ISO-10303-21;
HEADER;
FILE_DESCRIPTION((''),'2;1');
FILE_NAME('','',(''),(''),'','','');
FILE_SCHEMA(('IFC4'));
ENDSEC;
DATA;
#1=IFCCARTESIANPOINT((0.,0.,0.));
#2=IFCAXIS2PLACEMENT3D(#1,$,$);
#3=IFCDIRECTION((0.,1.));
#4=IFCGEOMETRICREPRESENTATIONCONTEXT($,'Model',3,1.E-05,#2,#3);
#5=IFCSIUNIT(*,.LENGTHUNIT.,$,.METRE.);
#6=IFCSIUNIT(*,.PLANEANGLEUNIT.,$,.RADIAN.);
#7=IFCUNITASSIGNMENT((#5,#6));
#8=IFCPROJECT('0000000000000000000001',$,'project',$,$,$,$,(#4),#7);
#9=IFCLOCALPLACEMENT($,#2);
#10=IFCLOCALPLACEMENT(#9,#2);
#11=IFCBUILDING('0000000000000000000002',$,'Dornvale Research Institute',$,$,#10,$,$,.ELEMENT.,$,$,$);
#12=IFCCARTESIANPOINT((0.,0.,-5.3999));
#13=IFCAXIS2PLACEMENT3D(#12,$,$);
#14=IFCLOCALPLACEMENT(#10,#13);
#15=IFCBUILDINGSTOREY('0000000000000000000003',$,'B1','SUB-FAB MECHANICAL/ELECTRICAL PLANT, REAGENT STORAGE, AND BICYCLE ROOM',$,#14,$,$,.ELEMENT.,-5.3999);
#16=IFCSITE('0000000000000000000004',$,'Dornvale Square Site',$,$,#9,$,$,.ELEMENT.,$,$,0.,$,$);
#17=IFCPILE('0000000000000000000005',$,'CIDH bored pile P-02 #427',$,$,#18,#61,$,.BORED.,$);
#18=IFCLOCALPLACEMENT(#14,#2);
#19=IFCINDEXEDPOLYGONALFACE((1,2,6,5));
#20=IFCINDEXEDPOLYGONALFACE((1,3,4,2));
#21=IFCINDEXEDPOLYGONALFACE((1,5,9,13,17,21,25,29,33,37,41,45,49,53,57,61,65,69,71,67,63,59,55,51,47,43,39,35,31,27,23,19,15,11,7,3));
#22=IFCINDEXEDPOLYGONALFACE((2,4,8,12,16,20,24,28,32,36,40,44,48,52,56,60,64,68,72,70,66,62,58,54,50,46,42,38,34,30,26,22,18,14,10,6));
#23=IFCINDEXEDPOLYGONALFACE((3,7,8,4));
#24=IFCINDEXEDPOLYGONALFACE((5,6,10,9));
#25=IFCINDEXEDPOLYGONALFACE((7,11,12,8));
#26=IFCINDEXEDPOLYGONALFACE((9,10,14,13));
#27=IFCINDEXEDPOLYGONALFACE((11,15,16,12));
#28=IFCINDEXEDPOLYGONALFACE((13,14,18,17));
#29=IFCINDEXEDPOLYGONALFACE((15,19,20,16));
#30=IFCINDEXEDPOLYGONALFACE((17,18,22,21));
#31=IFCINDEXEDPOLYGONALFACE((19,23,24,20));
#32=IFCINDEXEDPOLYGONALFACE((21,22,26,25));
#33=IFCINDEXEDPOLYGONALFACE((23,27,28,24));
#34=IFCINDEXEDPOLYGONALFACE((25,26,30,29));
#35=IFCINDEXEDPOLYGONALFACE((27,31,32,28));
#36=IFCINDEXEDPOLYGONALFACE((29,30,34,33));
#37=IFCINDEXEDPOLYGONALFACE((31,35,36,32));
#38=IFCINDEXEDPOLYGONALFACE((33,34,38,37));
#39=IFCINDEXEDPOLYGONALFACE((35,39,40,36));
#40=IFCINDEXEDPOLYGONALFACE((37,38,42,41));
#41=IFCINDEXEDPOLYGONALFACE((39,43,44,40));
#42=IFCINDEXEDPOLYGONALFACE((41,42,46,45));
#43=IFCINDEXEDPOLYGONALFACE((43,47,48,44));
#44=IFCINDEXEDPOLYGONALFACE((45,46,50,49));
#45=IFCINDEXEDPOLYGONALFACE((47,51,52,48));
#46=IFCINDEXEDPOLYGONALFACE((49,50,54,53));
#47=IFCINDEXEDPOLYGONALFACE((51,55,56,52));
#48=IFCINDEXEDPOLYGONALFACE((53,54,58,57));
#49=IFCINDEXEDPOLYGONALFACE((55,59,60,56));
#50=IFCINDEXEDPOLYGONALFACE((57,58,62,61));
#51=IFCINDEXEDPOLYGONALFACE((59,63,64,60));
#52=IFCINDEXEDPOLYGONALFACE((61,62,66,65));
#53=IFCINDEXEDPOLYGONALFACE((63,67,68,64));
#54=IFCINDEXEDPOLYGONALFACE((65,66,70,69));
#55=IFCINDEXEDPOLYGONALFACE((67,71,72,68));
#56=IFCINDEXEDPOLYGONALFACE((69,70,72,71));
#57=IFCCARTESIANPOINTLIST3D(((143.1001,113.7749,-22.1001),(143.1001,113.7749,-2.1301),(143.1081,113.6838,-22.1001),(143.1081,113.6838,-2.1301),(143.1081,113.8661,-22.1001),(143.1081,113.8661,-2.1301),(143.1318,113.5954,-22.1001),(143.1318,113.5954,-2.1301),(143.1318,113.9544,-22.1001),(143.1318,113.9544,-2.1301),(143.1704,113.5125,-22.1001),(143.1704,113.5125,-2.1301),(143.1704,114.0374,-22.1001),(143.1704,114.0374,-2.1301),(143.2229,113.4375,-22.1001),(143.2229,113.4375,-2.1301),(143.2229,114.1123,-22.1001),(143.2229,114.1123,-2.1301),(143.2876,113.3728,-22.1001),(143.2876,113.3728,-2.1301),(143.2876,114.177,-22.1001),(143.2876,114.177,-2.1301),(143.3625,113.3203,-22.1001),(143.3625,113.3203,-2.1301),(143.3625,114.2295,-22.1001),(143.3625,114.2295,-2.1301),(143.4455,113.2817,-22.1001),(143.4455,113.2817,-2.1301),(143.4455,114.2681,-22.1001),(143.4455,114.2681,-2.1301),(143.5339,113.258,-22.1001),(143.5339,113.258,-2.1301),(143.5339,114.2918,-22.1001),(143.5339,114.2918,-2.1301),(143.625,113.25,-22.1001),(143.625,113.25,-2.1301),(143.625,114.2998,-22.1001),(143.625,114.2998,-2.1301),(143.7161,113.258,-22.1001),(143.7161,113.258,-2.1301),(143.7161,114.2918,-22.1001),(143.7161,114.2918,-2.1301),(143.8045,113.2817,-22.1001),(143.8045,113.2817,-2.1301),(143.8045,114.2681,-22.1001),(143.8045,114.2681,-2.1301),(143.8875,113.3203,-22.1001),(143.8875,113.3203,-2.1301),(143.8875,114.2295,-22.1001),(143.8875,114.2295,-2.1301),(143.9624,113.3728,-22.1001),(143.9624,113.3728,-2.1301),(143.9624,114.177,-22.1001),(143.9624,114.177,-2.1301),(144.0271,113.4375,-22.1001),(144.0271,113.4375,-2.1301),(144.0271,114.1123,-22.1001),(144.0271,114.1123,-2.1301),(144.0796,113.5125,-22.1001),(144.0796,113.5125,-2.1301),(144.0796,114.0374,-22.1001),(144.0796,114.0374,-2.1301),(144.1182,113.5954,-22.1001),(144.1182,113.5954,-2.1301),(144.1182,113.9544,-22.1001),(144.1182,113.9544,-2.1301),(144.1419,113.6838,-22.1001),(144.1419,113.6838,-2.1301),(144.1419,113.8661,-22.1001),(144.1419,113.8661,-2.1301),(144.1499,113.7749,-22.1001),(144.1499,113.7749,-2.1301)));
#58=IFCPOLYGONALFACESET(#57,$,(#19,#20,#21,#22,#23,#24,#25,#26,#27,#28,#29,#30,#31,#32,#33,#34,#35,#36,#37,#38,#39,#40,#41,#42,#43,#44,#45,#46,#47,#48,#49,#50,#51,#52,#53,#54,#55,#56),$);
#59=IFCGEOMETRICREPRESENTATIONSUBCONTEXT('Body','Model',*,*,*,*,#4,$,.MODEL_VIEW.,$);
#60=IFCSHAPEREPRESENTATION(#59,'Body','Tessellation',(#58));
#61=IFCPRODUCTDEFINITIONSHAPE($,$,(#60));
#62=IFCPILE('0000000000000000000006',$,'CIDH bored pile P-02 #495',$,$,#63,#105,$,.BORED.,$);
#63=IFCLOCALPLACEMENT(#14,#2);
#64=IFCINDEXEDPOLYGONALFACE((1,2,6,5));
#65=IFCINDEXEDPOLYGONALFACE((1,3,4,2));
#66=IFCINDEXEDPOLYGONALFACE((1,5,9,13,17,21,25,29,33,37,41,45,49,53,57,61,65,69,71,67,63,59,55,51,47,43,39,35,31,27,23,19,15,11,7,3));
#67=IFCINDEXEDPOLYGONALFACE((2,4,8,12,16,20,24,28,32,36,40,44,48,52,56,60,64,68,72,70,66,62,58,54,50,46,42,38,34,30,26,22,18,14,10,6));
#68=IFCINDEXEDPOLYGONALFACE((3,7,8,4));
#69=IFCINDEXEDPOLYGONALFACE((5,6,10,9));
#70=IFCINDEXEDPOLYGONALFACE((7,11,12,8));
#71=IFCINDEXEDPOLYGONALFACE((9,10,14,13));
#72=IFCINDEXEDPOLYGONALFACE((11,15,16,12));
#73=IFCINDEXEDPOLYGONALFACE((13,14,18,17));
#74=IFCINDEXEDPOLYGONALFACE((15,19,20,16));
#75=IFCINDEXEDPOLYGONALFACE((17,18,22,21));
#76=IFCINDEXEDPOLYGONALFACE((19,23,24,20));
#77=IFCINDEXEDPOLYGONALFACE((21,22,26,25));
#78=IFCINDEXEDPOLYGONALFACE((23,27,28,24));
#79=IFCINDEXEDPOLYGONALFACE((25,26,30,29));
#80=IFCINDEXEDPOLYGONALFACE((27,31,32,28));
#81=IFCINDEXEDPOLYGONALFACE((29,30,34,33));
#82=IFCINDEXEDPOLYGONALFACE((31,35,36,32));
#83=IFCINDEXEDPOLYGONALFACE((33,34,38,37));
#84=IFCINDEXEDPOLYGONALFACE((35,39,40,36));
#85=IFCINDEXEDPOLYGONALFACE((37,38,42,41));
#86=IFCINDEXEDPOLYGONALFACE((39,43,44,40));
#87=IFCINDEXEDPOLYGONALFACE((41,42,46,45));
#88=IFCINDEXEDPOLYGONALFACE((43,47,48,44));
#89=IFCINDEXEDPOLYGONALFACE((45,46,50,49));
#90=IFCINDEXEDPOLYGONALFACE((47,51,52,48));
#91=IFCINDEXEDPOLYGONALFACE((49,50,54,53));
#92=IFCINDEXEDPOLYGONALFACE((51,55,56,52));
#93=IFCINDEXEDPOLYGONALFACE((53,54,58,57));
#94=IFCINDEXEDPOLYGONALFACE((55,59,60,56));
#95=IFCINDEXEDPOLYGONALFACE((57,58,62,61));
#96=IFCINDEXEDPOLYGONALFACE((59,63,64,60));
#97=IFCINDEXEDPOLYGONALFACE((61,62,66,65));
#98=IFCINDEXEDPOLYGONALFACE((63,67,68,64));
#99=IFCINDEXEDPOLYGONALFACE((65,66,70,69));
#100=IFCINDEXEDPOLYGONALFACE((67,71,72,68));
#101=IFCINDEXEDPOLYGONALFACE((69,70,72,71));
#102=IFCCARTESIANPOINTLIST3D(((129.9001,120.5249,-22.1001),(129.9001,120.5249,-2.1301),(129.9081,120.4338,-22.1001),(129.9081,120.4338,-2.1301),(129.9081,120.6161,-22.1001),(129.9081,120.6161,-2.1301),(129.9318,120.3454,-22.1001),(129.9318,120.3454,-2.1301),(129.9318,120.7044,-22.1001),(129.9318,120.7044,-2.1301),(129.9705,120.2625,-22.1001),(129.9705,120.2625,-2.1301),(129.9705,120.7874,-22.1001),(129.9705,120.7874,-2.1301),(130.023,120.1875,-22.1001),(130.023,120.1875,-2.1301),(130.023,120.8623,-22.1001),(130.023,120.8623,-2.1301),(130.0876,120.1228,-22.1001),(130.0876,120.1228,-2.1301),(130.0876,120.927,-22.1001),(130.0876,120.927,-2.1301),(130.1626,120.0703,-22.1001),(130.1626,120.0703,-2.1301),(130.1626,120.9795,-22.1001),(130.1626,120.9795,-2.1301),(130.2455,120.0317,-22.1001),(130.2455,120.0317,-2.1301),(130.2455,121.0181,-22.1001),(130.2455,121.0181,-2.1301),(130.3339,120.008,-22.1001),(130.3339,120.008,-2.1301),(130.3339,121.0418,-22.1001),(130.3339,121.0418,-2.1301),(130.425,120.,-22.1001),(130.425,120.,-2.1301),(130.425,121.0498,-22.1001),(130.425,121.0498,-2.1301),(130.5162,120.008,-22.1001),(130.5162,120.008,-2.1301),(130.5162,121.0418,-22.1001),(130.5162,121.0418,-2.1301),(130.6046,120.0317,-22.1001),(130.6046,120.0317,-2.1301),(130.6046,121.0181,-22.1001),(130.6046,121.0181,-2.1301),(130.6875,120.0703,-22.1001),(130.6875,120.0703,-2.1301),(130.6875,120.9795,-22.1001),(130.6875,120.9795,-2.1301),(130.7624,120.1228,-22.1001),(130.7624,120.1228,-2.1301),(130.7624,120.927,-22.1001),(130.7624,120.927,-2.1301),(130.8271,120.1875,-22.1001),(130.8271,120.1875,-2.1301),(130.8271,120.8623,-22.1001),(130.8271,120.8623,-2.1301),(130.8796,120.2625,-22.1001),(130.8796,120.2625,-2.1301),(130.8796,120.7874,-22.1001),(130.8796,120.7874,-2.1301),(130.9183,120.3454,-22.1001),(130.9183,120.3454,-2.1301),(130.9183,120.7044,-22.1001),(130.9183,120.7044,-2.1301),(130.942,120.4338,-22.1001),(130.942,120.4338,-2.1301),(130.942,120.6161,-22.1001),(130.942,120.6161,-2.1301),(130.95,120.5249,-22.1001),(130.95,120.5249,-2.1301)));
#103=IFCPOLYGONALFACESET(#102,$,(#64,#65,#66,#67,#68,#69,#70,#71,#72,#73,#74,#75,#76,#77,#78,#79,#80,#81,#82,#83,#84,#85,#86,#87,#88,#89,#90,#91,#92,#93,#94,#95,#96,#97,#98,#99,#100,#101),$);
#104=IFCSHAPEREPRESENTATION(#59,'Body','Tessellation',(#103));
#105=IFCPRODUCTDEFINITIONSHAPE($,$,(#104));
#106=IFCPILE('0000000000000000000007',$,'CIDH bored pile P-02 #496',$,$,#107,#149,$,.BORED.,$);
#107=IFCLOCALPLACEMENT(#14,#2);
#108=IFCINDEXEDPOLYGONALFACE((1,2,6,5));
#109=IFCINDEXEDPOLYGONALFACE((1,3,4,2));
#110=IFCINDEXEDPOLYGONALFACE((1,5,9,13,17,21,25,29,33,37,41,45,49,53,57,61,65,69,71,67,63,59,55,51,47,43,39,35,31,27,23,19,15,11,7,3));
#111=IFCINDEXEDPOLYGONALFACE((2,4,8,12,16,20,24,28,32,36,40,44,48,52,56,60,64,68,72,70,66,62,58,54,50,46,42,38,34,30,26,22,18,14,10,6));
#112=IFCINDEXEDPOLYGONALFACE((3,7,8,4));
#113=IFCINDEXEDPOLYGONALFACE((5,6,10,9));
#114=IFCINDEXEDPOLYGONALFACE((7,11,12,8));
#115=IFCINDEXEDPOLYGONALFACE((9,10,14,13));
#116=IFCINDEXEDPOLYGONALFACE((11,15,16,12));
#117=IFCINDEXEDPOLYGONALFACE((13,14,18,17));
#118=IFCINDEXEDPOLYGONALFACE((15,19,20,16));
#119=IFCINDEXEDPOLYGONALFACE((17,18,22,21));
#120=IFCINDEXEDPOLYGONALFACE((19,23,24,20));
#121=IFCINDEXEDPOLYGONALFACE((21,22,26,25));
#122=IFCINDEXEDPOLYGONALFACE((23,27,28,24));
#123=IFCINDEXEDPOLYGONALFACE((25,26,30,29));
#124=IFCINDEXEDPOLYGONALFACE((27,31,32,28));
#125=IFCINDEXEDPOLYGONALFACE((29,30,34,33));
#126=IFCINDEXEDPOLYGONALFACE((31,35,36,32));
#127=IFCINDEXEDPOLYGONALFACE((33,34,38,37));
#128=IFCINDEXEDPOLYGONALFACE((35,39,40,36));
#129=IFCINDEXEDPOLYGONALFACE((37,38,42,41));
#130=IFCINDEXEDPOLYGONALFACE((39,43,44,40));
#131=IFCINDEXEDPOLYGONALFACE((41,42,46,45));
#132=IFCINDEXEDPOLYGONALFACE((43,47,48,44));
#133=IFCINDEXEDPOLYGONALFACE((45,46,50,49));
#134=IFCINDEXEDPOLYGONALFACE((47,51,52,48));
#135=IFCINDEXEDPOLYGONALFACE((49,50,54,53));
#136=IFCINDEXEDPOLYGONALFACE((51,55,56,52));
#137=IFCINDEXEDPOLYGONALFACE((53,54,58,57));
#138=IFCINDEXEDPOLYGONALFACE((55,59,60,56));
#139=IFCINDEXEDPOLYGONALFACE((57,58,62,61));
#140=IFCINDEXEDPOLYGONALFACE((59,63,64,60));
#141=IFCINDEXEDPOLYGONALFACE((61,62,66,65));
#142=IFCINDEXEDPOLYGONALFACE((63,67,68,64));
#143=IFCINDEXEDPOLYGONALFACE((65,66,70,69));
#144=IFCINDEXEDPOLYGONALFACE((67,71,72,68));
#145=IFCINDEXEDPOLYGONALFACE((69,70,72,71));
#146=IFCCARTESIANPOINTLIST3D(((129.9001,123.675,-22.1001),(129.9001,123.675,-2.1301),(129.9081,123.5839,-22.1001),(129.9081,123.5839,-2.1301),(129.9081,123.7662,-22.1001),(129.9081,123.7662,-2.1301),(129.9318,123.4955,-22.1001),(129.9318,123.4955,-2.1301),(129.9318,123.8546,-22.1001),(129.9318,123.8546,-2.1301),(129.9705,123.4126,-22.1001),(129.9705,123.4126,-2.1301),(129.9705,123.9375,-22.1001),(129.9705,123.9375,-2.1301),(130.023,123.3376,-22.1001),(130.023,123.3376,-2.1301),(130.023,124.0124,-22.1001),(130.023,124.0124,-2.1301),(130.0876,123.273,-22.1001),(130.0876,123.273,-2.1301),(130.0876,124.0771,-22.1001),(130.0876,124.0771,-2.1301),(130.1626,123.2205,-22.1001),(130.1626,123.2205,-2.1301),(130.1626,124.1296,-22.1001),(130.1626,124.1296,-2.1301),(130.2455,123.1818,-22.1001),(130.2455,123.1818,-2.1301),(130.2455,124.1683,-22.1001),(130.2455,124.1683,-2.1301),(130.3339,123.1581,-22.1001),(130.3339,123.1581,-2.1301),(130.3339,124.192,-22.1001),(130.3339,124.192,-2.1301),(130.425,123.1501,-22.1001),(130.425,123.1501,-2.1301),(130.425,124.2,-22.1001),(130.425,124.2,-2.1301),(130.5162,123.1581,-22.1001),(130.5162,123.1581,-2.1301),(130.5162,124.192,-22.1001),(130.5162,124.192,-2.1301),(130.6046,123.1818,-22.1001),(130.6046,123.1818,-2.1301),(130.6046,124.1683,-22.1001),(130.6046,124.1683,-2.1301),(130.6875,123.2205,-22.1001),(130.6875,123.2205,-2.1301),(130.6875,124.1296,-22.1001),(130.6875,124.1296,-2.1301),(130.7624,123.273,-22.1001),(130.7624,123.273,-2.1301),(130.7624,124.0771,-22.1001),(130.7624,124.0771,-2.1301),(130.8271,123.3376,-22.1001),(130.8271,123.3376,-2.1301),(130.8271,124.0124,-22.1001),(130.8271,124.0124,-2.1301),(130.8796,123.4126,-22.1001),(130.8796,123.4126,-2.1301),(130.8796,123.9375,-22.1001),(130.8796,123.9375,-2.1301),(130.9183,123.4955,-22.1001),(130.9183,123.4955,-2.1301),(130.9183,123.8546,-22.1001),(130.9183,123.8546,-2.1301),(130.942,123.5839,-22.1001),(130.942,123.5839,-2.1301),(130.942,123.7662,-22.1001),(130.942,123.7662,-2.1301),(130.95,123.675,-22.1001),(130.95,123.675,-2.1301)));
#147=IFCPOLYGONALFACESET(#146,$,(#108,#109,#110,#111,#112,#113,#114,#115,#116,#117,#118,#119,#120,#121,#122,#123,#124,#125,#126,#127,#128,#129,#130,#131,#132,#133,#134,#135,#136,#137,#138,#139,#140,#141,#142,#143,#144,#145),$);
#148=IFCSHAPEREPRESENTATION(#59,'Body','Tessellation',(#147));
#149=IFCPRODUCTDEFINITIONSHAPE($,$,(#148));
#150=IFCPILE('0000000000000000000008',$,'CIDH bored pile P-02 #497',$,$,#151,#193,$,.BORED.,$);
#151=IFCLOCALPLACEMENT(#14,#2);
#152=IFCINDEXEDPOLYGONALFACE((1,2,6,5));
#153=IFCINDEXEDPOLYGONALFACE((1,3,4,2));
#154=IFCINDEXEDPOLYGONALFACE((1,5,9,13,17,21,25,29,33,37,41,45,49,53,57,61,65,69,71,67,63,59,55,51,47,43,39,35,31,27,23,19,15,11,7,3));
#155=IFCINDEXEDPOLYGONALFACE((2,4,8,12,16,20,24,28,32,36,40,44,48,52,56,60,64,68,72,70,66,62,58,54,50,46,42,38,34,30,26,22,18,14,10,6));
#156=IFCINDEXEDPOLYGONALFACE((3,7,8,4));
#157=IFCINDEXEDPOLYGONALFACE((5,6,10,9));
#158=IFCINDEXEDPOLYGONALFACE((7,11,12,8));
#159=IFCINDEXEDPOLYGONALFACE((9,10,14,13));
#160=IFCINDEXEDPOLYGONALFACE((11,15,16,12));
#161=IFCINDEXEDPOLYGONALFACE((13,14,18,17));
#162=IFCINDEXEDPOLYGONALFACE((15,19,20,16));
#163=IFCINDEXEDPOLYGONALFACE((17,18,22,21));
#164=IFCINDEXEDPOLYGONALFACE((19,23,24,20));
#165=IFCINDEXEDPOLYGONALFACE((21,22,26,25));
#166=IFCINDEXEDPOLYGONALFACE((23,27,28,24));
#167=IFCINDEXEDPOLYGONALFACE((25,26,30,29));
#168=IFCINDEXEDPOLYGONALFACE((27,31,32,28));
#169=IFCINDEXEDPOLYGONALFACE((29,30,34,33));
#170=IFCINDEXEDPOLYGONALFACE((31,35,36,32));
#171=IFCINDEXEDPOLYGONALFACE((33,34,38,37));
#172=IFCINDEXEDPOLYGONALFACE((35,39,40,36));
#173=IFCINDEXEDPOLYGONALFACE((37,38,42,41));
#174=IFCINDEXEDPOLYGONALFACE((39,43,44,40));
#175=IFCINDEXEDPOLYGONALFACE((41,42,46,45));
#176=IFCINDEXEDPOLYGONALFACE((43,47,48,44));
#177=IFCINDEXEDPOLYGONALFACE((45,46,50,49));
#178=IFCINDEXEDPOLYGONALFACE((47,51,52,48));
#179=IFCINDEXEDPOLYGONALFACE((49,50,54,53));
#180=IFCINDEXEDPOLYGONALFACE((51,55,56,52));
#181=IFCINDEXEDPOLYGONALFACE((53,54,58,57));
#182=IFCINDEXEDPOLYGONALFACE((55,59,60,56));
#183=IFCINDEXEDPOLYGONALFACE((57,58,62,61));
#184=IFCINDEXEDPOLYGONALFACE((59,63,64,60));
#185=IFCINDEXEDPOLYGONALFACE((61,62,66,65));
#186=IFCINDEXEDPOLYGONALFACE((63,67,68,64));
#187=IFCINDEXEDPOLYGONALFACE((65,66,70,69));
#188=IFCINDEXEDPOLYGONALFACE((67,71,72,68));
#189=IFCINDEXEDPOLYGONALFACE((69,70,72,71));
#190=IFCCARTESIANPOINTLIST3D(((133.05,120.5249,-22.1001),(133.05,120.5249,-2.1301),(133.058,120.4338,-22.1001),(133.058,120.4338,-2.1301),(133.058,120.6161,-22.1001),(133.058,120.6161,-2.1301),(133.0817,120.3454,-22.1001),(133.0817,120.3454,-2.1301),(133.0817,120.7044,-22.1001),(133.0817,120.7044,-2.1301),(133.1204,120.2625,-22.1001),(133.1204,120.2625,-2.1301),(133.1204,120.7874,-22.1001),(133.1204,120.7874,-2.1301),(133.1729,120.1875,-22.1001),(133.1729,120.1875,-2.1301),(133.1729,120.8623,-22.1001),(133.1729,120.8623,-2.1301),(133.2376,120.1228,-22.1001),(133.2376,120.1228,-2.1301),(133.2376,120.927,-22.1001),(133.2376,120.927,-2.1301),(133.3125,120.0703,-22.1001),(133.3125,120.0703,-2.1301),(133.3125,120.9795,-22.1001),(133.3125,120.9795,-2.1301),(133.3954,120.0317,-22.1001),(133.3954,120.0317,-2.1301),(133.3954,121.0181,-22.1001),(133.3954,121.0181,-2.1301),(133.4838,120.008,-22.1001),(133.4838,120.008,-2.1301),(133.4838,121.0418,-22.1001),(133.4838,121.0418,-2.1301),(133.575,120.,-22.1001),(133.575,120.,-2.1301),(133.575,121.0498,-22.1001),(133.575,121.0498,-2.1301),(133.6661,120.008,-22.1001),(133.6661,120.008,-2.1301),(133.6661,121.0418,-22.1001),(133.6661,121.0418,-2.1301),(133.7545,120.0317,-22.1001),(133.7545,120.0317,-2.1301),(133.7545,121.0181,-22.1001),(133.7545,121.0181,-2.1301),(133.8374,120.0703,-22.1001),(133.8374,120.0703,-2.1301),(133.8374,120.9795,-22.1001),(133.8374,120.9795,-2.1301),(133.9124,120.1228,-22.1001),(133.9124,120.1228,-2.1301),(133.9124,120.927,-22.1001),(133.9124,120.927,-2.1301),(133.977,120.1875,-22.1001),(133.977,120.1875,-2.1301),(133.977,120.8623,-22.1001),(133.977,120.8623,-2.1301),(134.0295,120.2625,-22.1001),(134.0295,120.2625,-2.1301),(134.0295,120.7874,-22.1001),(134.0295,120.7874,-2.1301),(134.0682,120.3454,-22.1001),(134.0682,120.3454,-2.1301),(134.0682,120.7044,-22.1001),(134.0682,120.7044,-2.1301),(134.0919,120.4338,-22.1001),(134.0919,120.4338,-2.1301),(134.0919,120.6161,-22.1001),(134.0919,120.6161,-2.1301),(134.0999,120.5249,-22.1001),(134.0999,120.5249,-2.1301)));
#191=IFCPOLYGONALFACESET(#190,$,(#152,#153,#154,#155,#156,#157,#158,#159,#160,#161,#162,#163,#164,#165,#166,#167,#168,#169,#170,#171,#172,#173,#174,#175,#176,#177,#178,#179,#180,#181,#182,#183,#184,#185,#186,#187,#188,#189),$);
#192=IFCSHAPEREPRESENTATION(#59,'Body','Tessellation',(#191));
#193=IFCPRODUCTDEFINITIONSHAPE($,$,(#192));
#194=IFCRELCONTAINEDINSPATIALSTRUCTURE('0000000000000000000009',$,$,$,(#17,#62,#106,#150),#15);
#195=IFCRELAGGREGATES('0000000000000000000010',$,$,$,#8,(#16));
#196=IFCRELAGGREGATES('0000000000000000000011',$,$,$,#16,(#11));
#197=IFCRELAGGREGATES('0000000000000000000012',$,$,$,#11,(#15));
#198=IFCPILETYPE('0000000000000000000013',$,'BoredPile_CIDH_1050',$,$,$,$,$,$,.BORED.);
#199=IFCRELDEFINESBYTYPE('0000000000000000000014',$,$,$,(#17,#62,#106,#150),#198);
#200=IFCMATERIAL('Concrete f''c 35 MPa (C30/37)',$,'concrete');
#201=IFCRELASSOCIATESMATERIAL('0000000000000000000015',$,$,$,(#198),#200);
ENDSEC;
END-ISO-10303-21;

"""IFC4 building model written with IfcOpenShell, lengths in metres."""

from ifc_helpers import new_model, si_unit, direction, frame, origin, origin_2d, place, context, subcontext, project, spatial, circle, extrude, material, material_profile, profile_set, type_object, element, save


model = new_model("IFC4")

# Units and contexts
model_context = context("Model", 3, precision=1e-05, world=origin(), true_north=direction((0.0, 1.0)))
body_context = subcontext(model_context, "Body", "Model", "MODEL_VIEW")
ifc_project = project(units=[si_unit("LENGTHUNIT", "METRE"), si_unit("PLANEANGLEUNIT", "RADIAN")], contexts=[model_context])

# Site, building, storey
site_placement = place(None, origin())
site = spatial("IfcSite", under=ifc_project, at=site_placement, Name="Dornvale Square Site", CompositionType="ELEMENT", RefElevation=0.0)
building_placement = place(site_placement, origin())
building = spatial("IfcBuilding", under=site, at=building_placement, Name="Dornvale Research Institute", CompositionType="ELEMENT")
storey_placement = place(building_placement, frame((0.0, 0.0, -5.3999)))
storey = spatial("IfcBuildingStorey", under=building, at=storey_placement, Name="B1", Description="SUB-FAB MECHANICAL/ELECTRICAL PLANT, REAGENT STORAGE, AND BICYCLE ROOM", CompositionType="ELEMENT", Elevation=-5.3999)

# Piles
ifc_material_1 = material(Name="Concrete f'c 35 MPa (C30/37)", Category="concrete")
ifc_material_profile_1 = material_profile(ifc_material_1, circle(Radius=0.5249, at=origin_2d()), Name="CIDH PILE D1050")
ifc_profile_set_1 = profile_set([ifc_material_profile_1], Name="Concrete f'c 35 MPa (C30/37)")
pile_type = type_object("IfcPileType", Name="BoredPile_CIDH_1050", PredefinedType="BORED", material=ifc_profile_set_1)
for number, where, z_axis, x_axis, name in (
    (1, (143.625, 113.7749, -2.1301), (0.0, 0.0, -1.0), (1.0, 0.0, 0.0), "CIDH bored pile P-02 #427"),
    (2, (130.425, 120.5249, -2.1301), (0.0, 0.0, -1.0), (1.0, 0.0, 0.0), "CIDH bored pile P-02 #495"),
    (3, (130.425, 123.675, -2.1301), (0.0, 0.0, -1.0), (1.0, 0.0, 0.0), "CIDH bored pile P-02 #496"),
    (4, (133.575, 120.5249, -2.1301), (0.0, 0.0, -1.0), (1.0, 0.0, 0.0), "CIDH bored pile P-02 #497"),
):
    element("IfcPile", number, at=place(storey_placement, frame(where, z_axis=z_axis, x_axis=x_axis)), inside=storey, type_object=pile_type, Name=name, PredefinedType="BORED", context=body_context, shape_type="SweptSolid", body=[
        extrude(circle(Radius=0.5249, at=origin_2d()), origin(), (0.0, 0.0, 1.0), 19.97),
    ])

save(model, "model.ifc")
